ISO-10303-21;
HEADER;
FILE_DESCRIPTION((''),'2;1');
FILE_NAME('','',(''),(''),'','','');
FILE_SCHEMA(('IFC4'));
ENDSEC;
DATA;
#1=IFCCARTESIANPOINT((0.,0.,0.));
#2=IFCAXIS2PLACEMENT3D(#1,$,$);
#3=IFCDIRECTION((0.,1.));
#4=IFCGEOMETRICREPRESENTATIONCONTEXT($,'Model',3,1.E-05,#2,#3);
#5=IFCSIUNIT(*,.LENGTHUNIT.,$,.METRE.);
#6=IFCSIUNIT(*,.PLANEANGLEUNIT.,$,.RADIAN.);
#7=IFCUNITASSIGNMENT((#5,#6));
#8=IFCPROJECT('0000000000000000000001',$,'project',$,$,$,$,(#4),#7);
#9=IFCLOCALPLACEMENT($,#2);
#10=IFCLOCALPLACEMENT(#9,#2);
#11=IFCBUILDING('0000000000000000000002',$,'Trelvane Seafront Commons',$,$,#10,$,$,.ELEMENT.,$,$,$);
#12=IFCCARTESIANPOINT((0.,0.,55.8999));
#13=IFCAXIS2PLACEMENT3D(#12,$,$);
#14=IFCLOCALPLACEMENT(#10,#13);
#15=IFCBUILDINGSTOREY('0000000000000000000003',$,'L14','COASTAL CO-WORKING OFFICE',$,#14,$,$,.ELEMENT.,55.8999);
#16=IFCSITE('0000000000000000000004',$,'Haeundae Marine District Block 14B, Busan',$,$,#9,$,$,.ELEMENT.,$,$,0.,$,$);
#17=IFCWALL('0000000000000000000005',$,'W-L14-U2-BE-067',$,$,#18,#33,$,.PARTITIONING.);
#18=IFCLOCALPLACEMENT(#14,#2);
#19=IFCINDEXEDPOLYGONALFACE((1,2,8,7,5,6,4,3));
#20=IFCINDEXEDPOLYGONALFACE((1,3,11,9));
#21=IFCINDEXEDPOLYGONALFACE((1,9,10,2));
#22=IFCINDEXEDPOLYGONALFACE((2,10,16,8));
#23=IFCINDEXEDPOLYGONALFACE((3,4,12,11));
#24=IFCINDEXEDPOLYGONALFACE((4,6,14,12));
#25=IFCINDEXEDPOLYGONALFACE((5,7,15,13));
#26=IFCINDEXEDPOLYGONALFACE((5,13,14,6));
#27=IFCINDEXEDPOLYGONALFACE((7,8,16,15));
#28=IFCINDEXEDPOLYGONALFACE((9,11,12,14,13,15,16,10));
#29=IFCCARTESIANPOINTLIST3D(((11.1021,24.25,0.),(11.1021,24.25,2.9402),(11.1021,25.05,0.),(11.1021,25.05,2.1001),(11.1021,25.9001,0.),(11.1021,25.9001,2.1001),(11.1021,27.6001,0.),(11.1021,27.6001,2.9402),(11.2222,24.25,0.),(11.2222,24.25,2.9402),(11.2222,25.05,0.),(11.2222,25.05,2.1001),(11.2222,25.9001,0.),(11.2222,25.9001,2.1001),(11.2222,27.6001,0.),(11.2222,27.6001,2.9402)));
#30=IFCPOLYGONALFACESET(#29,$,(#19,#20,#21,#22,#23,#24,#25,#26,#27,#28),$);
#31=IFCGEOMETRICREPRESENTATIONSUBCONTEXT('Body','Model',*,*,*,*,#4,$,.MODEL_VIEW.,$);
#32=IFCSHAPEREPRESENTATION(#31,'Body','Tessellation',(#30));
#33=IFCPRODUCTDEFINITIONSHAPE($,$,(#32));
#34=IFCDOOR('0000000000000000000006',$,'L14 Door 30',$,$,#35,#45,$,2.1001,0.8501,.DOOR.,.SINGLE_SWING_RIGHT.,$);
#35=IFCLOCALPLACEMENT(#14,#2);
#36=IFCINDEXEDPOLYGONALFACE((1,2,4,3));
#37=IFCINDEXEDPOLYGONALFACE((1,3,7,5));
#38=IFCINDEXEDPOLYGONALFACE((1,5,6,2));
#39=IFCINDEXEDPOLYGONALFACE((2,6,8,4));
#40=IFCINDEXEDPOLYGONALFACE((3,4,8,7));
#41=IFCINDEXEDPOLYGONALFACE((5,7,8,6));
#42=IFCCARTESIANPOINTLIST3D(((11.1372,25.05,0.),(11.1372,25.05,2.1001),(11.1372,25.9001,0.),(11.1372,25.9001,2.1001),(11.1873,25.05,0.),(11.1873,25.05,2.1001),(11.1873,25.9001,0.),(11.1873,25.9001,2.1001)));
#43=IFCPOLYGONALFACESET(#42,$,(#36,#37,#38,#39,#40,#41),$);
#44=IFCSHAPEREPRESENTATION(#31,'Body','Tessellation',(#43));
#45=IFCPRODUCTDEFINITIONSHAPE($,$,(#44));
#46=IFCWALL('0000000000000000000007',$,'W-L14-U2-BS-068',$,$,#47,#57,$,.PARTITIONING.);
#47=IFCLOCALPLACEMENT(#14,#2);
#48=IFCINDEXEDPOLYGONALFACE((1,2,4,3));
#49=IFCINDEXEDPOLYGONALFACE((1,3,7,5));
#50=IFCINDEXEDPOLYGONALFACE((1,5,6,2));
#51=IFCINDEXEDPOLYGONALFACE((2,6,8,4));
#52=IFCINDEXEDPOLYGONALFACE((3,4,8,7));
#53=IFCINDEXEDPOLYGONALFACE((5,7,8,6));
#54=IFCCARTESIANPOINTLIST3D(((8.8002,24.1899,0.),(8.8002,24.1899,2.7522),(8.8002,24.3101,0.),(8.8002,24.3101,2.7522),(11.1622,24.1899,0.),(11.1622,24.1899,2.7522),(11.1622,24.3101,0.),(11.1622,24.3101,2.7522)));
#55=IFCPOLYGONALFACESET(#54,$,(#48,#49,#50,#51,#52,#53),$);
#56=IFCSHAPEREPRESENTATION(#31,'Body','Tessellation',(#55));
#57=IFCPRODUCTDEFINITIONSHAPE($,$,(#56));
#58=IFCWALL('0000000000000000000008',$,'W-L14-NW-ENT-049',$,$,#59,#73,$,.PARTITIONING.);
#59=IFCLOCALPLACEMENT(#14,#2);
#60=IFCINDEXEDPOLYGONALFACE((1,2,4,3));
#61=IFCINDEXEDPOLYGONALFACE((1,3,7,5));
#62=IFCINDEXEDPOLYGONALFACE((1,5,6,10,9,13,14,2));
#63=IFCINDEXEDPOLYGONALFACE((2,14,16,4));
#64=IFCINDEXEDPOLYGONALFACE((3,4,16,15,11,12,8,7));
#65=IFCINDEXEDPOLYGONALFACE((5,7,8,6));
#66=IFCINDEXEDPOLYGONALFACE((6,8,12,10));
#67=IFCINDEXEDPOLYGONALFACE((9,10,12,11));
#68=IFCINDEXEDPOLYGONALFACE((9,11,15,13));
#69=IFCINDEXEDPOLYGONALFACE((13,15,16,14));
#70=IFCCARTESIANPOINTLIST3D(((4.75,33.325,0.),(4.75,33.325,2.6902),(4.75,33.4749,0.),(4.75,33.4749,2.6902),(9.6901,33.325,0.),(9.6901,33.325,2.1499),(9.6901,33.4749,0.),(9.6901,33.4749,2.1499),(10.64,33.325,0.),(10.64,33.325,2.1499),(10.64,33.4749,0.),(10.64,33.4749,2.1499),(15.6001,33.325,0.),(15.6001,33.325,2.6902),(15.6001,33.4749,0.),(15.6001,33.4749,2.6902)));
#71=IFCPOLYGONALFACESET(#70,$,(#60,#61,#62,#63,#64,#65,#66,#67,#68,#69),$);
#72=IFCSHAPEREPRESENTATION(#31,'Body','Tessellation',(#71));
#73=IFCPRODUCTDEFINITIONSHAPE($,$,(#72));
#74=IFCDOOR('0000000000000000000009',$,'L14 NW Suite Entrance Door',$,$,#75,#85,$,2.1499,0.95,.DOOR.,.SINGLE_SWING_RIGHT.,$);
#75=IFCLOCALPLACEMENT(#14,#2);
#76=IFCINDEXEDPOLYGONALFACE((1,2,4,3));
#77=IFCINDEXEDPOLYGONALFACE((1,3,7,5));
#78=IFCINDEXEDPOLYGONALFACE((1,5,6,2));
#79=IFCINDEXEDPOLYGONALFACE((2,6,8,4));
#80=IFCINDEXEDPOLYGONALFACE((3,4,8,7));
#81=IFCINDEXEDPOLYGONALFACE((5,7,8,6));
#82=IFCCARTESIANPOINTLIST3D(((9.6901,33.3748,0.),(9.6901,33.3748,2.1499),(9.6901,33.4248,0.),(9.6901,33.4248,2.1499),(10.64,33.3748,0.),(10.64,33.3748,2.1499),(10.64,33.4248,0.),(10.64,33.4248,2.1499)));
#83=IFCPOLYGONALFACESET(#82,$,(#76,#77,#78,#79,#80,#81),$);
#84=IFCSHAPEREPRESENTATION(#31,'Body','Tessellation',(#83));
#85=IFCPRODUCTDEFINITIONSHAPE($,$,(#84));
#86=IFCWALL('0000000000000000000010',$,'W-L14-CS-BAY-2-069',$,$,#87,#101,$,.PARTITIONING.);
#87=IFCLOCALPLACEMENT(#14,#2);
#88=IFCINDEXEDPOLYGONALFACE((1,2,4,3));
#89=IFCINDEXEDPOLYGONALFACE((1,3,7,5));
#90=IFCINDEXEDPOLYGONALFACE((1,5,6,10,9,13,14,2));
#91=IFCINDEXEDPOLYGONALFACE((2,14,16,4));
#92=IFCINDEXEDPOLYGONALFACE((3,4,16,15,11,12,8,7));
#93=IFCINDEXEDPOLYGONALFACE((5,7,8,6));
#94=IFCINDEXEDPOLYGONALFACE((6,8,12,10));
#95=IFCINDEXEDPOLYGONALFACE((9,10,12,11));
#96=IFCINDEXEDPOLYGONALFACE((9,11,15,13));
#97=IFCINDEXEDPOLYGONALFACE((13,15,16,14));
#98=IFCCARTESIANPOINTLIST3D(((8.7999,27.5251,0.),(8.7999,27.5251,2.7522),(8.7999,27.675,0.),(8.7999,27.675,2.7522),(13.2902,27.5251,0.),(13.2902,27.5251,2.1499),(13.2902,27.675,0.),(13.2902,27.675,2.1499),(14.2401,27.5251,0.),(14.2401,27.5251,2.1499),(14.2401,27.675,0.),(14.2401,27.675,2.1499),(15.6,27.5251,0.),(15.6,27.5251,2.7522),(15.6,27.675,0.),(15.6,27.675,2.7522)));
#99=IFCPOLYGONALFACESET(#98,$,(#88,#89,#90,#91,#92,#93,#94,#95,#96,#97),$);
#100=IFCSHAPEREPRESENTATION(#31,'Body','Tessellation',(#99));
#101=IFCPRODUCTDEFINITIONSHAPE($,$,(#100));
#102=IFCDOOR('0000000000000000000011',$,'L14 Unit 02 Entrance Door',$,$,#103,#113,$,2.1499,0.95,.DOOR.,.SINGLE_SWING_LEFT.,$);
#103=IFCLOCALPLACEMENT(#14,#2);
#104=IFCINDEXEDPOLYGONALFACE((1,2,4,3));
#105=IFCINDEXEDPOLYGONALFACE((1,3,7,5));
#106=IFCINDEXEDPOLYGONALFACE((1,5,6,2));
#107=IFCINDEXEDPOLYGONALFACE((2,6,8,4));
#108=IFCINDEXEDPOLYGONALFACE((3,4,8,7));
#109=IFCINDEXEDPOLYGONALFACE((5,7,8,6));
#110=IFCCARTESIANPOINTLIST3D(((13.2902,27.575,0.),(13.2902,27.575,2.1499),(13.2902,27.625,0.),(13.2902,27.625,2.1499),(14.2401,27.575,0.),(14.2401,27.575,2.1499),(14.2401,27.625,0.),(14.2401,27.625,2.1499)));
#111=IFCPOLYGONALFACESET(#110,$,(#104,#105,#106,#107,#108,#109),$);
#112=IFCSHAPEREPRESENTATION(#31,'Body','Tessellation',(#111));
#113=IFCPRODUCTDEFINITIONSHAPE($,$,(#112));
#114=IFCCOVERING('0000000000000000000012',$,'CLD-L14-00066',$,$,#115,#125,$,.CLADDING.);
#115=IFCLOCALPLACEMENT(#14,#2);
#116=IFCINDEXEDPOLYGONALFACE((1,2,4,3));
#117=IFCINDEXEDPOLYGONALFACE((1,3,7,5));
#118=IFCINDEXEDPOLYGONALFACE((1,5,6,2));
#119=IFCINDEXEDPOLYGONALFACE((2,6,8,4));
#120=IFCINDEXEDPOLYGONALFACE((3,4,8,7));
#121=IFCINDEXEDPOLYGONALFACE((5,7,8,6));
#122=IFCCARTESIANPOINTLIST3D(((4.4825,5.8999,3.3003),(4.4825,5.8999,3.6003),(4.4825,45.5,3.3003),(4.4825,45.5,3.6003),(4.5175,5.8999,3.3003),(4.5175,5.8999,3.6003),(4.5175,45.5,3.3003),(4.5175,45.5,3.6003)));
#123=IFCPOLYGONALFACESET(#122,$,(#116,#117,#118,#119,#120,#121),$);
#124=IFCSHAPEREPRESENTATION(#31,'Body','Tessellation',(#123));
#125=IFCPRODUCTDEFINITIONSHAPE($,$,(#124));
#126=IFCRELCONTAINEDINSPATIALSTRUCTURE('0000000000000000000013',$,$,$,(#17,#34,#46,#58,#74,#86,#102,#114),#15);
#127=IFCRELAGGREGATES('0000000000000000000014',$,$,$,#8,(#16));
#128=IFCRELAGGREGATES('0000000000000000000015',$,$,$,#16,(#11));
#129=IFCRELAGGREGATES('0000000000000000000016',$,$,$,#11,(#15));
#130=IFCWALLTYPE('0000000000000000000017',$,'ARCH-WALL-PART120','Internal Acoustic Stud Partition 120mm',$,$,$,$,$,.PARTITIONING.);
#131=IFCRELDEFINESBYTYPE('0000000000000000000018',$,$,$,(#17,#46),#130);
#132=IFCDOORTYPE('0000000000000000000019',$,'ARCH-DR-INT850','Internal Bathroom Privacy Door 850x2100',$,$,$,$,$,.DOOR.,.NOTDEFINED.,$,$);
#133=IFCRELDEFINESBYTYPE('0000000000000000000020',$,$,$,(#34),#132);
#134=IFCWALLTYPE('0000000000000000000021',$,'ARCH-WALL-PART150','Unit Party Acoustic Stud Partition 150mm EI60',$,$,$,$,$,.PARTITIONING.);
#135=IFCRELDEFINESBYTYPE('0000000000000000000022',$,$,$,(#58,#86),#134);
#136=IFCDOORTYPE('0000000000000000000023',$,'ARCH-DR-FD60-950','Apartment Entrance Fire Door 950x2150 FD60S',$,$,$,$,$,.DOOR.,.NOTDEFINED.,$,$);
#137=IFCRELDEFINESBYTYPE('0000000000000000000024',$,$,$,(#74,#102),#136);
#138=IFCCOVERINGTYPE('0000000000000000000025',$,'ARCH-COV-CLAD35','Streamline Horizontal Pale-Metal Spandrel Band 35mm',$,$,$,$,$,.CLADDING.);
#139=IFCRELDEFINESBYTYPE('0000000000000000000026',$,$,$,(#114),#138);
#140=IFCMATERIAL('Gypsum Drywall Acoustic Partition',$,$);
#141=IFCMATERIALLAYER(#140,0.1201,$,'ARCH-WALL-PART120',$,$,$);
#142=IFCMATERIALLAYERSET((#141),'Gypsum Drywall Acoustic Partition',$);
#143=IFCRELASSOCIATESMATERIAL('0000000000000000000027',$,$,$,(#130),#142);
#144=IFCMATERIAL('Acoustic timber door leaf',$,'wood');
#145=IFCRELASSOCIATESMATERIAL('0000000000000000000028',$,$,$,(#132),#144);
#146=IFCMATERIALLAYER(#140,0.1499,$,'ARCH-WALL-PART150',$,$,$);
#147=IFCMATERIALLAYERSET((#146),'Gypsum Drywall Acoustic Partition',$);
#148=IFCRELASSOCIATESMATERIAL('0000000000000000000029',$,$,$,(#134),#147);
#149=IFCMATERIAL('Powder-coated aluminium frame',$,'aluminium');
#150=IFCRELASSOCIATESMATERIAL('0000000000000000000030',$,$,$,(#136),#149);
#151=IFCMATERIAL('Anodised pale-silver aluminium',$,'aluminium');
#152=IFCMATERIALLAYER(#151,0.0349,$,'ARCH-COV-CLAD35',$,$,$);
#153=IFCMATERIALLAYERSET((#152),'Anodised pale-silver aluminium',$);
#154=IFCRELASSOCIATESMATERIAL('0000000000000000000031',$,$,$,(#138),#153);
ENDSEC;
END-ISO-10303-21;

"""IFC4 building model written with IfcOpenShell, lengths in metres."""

from ifc_helpers import new_model, si_unit, direction, frame, frame_2d, origin, origin_2d, place, context, subcontext, project, spatial, rectangle, extrude, source, transform, mapped, material, layer, layer_set, type_object, element, fill, save


model = new_model("IFC4")

# Units and contexts
model_context = context("Model", 3, precision=1e-05, world=origin(), true_north=direction((0.0, 1.0)))
body_context = subcontext(model_context, "Body", "Model", "MODEL_VIEW")
ifc_project = project(units=[si_unit("LENGTHUNIT", "METRE"), si_unit("PLANEANGLEUNIT", "RADIAN")], contexts=[model_context])

# Site, building, storey
site_placement = place(None, origin())
site = spatial("IfcSite", under=ifc_project, at=site_placement, Name="Haeundae Marine District Block 14B, Busan", CompositionType="ELEMENT", RefElevation=0.0)
building_placement = place(site_placement, origin())
building = spatial("IfcBuilding", under=site, at=building_placement, Name="Trelvane Seafront Commons", CompositionType="ELEMENT")
storey_placement = place(building_placement, frame((0.0, 0.0, 55.8999)))
storey = spatial("IfcBuildingStorey", under=building, at=storey_placement, Name="L14", Description="COASTAL CO-WORKING OFFICE", CompositionType="ELEMENT", Elevation=55.8999)

# Shared definitions
ifc_material_1 = material(Name="Anodised pale-silver aluminium", Category="aluminium")

# Wall, opening, door
ifc_material_2 = material(Name="Gypsum Drywall Acoustic Partition")
ifc_layer_1 = layer(ifc_material_2, 0.1201, Name="ARCH-WALL-PART120")
ifc_layer_set_1 = layer_set([ifc_layer_1], Name="Gypsum Drywall Acoustic Partition")
wall_type_1 = type_object("IfcWallType", Name="ARCH-WALL-PART120", Description="Internal Acoustic Stud Partition 120mm", PredefinedType="PARTITIONING", material=ifc_layer_set_1)
ifc_material_3 = material(Name="Acoustic timber door leaf", Category="wood")
shared_shape_1 = source(origin(), body_context, "Body", "SweptSolid", [
    extrude(rectangle(XDim=0.95, YDim=2.1499, at=frame_2d((0.4751, 1.075))), frame((0.0, 0.0249, 0.0), z_axis=(0.0, -1.0, 0.0), x_axis=(1.0, 0.0, 0.0)), (0.0, 0.0, 1.0), 0.05),
])
wall_1_placement = place(storey_placement, frame((11.1621, 24.25, 0.0), z_axis=(0.0, 0.0, 1.0), x_axis=(0.0, 1.0, 0.0)))
wall_1 = element("IfcWall", 1, at=wall_1_placement, inside=storey, type_object=wall_type_1, Name="W-L14-U2-BE-067", PredefinedType="PARTITIONING", context=body_context, shape_type="SweptSolid", body=[
    extrude(rectangle(XDim=3.3501, YDim=0.1201, at=frame_2d((1.675, 0.0))), origin(), (0.0, 0.0, 1.0), 2.9402),
])
opening_1_placement = place(wall_1_placement, frame((0.8, 0.0, 0.0)))
opening_1 = element("IfcOpeningElement", 2, at=opening_1_placement, cuts=wall_1, PredefinedType="OPENING", context=body_context, shape_type="SweptSolid", body=[
    extrude(rectangle(XDim=0.8501, YDim=2.1001, at=frame_2d((0.425, 1.05))), frame((0.0, 0.0701, 0.0), z_axis=(0.0, -1.0, 0.0), x_axis=(1.0, 0.0, 0.0)), (0.0, 0.0, 1.0), 0.1401),
])
door_type_1 = type_object("IfcDoorType", Name="ARCH-DR-INT850", Description="Internal Bathroom Privacy Door 850x2100", OperationType="NOTDEFINED", PredefinedType="DOOR", material=ifc_material_3)
shared_shape_2 = source(origin(), body_context, "Body", "SweptSolid", [
    extrude(rectangle(XDim=0.8501, YDim=2.1001, at=frame_2d((0.425, 1.05))), frame((0.0, 0.0249, 0.0), z_axis=(0.0, -1.0, 0.0), x_axis=(1.0, 0.0, 0.0)), (0.0, 0.0, 1.0), 0.05),
])
door_1_placement = place(opening_1_placement, origin())
door_1 = element("IfcDoor", 3, at=door_1_placement, inside=storey, type_object=door_type_1, Name="L14 Door 30", OperationType="SINGLE_SWING_RIGHT", OverallHeight=2.1001, OverallWidth=0.8501, PredefinedType="DOOR", context=body_context, shape_type="MappedRepresentation", body=[
    mapped(shared_shape_2, transform((0.0, 0.0, 0.0), x_axis=(1.0, 0.0, 0.0), y_axis=(0.0, 1.0, 0.0), z_axis=(0.0, 0.0, 1.0), scale=1.0)),
])
fill(opening_1, door_1)

# Wall
wall_2_placement = place(storey_placement, frame((8.8, 24.25, 0.0), z_axis=(0.0, 0.0, 1.0), x_axis=(1.0, 0.0, 0.0)))
element("IfcWall", 4, at=wall_2_placement, inside=storey, type_object=wall_type_1, Name="W-L14-U2-BS-068", PredefinedType="PARTITIONING", context=body_context, shape_type="SweptSolid", body=[
    extrude(rectangle(XDim=2.3621, YDim=0.1201, at=frame_2d((1.1812, 0.0))), origin(), (0.0, 0.0, 1.0), 2.7522),
])

# Walls, openings, doors
ifc_layer_2 = layer(ifc_material_2, 0.1499, Name="ARCH-WALL-PART150")
ifc_layer_set_2 = layer_set([ifc_layer_2], Name="Gypsum Drywall Acoustic Partition")
wall_type_2 = type_object("IfcWallType", Name="ARCH-WALL-PART150", Description="Unit Party Acoustic Stud Partition 150mm EI60", PredefinedType="PARTITIONING", material=ifc_layer_set_2)
wall_3_placement = place(storey_placement, frame((4.75, 33.3999, 0.0), z_axis=(0.0, 0.0, 1.0), x_axis=(1.0, 0.0, 0.0)))
wall_3 = element("IfcWall", 5, at=wall_3_placement, inside=storey, type_object=wall_type_2, Name="W-L14-NW-ENT-049", PredefinedType="PARTITIONING", context=body_context, shape_type="SweptSolid", body=[
    extrude(rectangle(XDim=10.8501, YDim=0.1499, at=frame_2d((5.425, 0.0))), origin(), (0.0, 0.0, 1.0), 2.6902),
])
opening_2_placement = place(wall_3_placement, frame((4.9399, 0.0, 0.0)))
opening_2 = element("IfcOpeningElement", 6, at=opening_2_placement, cuts=wall_3, PredefinedType="OPENING", context=body_context, shape_type="SweptSolid", body=[
    extrude(rectangle(XDim=0.95, YDim=2.1499, at=frame_2d((0.4751, 1.075))), frame((0.0, 0.085, 0.0), z_axis=(0.0, -1.0, 0.0), x_axis=(1.0, 0.0, 0.0)), (0.0, 0.0, 1.0), 0.1699),
])
ifc_material_4 = material(Name="Powder-coated aluminium frame", Category="aluminium")
door_type_2 = type_object("IfcDoorType", Name="ARCH-DR-FD60-950", Description="Apartment Entrance Fire Door 950x2150 FD60S", OperationType="NOTDEFINED", PredefinedType="DOOR", material=ifc_material_4)
door_2_placement = place(opening_2_placement, origin())
door_2 = element("IfcDoor", 7, at=door_2_placement, inside=storey, type_object=door_type_2, Name="L14 NW Suite Entrance Door", OperationType="SINGLE_SWING_RIGHT", OverallHeight=2.1499, OverallWidth=0.95, PredefinedType="DOOR", context=body_context, shape_type="MappedRepresentation", body=[
    mapped(shared_shape_1, transform((0.0, 0.0, 0.0), x_axis=(1.0, 0.0, 0.0), y_axis=(0.0, 1.0, 0.0), z_axis=(0.0, 0.0, 1.0), scale=1.0)),
])
fill(opening_2, door_2)
wall_4_placement = place(storey_placement, frame((8.8, 27.6001, 0.0), z_axis=(0.0, 0.0, 1.0), x_axis=(1.0, 0.0, 0.0)))
wall_4 = element("IfcWall", 8, at=wall_4_placement, inside=storey, type_object=wall_type_2, Name="W-L14-CS-BAY-2-069", PredefinedType="PARTITIONING", context=body_context, shape_type="SweptSolid", body=[
    extrude(rectangle(XDim=6.8, YDim=0.1499, at=frame_2d((3.3999, 0.0))), origin(), (0.0, 0.0, 1.0), 2.7522),
])
opening_3_placement = place(wall_4_placement, frame((4.49, 0.0, 0.0)))
opening_3 = element("IfcOpeningElement", 9, at=opening_3_placement, cuts=wall_4, PredefinedType="OPENING", context=body_context, shape_type="SweptSolid", body=[
    extrude(rectangle(XDim=0.95, YDim=2.1499, at=frame_2d((0.4751, 1.075))), frame((0.0, 0.085, 0.0), z_axis=(0.0, -1.0, 0.0), x_axis=(1.0, 0.0, 0.0)), (0.0, 0.0, 1.0), 0.1699),
])
door_3_placement = place(opening_3_placement, origin())
door_3 = element("IfcDoor", 10, at=door_3_placement, inside=storey, type_object=door_type_2, Name="L14 Unit 02 Entrance Door", OperationType="SINGLE_SWING_LEFT", OverallHeight=2.1499, OverallWidth=0.95, PredefinedType="DOOR", context=body_context, shape_type="MappedRepresentation", body=[
    mapped(shared_shape_1, transform((0.0, 0.0, 0.0), x_axis=(1.0, 0.0, 0.0), y_axis=(0.0, 1.0, 0.0), z_axis=(0.0, 0.0, 1.0), scale=1.0)),
])
fill(opening_3, door_3)

# Covering
ifc_layer_3 = layer(ifc_material_1, 0.0349, Name="ARCH-COV-CLAD35")
ifc_layer_set_3 = layer_set([ifc_layer_3], Name="Anodised pale-silver aluminium")
covering_type = type_object("IfcCoveringType", Name="ARCH-COV-CLAD35", Description="Streamline Horizontal Pale-Metal Spandrel Band 35mm", PredefinedType="CLADDING", material=ifc_layer_set_3)
shared_shape_3 = source(origin(), body_context, "Body", "SweptSolid", [
    extrude(rectangle(XDim=39.6001, YDim=0.0349, at=origin_2d()), origin(), (0.0, 0.0, 1.0), 0.3),
])
covering_placement = place(storey_placement, frame((4.5, 25.7, 3.3003), z_axis=(0.0, 0.0, 1.0), x_axis=(0.0, 1.0, 0.0)))
element("IfcCovering", 11, at=covering_placement, inside=storey, type_object=covering_type, Name="CLD-L14-00066", PredefinedType="CLADDING", context=body_context, shape_type="MappedRepresentation", body=[
    mapped(shared_shape_3, transform((0.0, 0.0, 0.0), x_axis=(1.0, 0.0, 0.0), y_axis=(0.0, 1.0, 0.0), z_axis=(0.0, 0.0, 1.0), scale=1.0)),
])

save(model, "model.ifc")
